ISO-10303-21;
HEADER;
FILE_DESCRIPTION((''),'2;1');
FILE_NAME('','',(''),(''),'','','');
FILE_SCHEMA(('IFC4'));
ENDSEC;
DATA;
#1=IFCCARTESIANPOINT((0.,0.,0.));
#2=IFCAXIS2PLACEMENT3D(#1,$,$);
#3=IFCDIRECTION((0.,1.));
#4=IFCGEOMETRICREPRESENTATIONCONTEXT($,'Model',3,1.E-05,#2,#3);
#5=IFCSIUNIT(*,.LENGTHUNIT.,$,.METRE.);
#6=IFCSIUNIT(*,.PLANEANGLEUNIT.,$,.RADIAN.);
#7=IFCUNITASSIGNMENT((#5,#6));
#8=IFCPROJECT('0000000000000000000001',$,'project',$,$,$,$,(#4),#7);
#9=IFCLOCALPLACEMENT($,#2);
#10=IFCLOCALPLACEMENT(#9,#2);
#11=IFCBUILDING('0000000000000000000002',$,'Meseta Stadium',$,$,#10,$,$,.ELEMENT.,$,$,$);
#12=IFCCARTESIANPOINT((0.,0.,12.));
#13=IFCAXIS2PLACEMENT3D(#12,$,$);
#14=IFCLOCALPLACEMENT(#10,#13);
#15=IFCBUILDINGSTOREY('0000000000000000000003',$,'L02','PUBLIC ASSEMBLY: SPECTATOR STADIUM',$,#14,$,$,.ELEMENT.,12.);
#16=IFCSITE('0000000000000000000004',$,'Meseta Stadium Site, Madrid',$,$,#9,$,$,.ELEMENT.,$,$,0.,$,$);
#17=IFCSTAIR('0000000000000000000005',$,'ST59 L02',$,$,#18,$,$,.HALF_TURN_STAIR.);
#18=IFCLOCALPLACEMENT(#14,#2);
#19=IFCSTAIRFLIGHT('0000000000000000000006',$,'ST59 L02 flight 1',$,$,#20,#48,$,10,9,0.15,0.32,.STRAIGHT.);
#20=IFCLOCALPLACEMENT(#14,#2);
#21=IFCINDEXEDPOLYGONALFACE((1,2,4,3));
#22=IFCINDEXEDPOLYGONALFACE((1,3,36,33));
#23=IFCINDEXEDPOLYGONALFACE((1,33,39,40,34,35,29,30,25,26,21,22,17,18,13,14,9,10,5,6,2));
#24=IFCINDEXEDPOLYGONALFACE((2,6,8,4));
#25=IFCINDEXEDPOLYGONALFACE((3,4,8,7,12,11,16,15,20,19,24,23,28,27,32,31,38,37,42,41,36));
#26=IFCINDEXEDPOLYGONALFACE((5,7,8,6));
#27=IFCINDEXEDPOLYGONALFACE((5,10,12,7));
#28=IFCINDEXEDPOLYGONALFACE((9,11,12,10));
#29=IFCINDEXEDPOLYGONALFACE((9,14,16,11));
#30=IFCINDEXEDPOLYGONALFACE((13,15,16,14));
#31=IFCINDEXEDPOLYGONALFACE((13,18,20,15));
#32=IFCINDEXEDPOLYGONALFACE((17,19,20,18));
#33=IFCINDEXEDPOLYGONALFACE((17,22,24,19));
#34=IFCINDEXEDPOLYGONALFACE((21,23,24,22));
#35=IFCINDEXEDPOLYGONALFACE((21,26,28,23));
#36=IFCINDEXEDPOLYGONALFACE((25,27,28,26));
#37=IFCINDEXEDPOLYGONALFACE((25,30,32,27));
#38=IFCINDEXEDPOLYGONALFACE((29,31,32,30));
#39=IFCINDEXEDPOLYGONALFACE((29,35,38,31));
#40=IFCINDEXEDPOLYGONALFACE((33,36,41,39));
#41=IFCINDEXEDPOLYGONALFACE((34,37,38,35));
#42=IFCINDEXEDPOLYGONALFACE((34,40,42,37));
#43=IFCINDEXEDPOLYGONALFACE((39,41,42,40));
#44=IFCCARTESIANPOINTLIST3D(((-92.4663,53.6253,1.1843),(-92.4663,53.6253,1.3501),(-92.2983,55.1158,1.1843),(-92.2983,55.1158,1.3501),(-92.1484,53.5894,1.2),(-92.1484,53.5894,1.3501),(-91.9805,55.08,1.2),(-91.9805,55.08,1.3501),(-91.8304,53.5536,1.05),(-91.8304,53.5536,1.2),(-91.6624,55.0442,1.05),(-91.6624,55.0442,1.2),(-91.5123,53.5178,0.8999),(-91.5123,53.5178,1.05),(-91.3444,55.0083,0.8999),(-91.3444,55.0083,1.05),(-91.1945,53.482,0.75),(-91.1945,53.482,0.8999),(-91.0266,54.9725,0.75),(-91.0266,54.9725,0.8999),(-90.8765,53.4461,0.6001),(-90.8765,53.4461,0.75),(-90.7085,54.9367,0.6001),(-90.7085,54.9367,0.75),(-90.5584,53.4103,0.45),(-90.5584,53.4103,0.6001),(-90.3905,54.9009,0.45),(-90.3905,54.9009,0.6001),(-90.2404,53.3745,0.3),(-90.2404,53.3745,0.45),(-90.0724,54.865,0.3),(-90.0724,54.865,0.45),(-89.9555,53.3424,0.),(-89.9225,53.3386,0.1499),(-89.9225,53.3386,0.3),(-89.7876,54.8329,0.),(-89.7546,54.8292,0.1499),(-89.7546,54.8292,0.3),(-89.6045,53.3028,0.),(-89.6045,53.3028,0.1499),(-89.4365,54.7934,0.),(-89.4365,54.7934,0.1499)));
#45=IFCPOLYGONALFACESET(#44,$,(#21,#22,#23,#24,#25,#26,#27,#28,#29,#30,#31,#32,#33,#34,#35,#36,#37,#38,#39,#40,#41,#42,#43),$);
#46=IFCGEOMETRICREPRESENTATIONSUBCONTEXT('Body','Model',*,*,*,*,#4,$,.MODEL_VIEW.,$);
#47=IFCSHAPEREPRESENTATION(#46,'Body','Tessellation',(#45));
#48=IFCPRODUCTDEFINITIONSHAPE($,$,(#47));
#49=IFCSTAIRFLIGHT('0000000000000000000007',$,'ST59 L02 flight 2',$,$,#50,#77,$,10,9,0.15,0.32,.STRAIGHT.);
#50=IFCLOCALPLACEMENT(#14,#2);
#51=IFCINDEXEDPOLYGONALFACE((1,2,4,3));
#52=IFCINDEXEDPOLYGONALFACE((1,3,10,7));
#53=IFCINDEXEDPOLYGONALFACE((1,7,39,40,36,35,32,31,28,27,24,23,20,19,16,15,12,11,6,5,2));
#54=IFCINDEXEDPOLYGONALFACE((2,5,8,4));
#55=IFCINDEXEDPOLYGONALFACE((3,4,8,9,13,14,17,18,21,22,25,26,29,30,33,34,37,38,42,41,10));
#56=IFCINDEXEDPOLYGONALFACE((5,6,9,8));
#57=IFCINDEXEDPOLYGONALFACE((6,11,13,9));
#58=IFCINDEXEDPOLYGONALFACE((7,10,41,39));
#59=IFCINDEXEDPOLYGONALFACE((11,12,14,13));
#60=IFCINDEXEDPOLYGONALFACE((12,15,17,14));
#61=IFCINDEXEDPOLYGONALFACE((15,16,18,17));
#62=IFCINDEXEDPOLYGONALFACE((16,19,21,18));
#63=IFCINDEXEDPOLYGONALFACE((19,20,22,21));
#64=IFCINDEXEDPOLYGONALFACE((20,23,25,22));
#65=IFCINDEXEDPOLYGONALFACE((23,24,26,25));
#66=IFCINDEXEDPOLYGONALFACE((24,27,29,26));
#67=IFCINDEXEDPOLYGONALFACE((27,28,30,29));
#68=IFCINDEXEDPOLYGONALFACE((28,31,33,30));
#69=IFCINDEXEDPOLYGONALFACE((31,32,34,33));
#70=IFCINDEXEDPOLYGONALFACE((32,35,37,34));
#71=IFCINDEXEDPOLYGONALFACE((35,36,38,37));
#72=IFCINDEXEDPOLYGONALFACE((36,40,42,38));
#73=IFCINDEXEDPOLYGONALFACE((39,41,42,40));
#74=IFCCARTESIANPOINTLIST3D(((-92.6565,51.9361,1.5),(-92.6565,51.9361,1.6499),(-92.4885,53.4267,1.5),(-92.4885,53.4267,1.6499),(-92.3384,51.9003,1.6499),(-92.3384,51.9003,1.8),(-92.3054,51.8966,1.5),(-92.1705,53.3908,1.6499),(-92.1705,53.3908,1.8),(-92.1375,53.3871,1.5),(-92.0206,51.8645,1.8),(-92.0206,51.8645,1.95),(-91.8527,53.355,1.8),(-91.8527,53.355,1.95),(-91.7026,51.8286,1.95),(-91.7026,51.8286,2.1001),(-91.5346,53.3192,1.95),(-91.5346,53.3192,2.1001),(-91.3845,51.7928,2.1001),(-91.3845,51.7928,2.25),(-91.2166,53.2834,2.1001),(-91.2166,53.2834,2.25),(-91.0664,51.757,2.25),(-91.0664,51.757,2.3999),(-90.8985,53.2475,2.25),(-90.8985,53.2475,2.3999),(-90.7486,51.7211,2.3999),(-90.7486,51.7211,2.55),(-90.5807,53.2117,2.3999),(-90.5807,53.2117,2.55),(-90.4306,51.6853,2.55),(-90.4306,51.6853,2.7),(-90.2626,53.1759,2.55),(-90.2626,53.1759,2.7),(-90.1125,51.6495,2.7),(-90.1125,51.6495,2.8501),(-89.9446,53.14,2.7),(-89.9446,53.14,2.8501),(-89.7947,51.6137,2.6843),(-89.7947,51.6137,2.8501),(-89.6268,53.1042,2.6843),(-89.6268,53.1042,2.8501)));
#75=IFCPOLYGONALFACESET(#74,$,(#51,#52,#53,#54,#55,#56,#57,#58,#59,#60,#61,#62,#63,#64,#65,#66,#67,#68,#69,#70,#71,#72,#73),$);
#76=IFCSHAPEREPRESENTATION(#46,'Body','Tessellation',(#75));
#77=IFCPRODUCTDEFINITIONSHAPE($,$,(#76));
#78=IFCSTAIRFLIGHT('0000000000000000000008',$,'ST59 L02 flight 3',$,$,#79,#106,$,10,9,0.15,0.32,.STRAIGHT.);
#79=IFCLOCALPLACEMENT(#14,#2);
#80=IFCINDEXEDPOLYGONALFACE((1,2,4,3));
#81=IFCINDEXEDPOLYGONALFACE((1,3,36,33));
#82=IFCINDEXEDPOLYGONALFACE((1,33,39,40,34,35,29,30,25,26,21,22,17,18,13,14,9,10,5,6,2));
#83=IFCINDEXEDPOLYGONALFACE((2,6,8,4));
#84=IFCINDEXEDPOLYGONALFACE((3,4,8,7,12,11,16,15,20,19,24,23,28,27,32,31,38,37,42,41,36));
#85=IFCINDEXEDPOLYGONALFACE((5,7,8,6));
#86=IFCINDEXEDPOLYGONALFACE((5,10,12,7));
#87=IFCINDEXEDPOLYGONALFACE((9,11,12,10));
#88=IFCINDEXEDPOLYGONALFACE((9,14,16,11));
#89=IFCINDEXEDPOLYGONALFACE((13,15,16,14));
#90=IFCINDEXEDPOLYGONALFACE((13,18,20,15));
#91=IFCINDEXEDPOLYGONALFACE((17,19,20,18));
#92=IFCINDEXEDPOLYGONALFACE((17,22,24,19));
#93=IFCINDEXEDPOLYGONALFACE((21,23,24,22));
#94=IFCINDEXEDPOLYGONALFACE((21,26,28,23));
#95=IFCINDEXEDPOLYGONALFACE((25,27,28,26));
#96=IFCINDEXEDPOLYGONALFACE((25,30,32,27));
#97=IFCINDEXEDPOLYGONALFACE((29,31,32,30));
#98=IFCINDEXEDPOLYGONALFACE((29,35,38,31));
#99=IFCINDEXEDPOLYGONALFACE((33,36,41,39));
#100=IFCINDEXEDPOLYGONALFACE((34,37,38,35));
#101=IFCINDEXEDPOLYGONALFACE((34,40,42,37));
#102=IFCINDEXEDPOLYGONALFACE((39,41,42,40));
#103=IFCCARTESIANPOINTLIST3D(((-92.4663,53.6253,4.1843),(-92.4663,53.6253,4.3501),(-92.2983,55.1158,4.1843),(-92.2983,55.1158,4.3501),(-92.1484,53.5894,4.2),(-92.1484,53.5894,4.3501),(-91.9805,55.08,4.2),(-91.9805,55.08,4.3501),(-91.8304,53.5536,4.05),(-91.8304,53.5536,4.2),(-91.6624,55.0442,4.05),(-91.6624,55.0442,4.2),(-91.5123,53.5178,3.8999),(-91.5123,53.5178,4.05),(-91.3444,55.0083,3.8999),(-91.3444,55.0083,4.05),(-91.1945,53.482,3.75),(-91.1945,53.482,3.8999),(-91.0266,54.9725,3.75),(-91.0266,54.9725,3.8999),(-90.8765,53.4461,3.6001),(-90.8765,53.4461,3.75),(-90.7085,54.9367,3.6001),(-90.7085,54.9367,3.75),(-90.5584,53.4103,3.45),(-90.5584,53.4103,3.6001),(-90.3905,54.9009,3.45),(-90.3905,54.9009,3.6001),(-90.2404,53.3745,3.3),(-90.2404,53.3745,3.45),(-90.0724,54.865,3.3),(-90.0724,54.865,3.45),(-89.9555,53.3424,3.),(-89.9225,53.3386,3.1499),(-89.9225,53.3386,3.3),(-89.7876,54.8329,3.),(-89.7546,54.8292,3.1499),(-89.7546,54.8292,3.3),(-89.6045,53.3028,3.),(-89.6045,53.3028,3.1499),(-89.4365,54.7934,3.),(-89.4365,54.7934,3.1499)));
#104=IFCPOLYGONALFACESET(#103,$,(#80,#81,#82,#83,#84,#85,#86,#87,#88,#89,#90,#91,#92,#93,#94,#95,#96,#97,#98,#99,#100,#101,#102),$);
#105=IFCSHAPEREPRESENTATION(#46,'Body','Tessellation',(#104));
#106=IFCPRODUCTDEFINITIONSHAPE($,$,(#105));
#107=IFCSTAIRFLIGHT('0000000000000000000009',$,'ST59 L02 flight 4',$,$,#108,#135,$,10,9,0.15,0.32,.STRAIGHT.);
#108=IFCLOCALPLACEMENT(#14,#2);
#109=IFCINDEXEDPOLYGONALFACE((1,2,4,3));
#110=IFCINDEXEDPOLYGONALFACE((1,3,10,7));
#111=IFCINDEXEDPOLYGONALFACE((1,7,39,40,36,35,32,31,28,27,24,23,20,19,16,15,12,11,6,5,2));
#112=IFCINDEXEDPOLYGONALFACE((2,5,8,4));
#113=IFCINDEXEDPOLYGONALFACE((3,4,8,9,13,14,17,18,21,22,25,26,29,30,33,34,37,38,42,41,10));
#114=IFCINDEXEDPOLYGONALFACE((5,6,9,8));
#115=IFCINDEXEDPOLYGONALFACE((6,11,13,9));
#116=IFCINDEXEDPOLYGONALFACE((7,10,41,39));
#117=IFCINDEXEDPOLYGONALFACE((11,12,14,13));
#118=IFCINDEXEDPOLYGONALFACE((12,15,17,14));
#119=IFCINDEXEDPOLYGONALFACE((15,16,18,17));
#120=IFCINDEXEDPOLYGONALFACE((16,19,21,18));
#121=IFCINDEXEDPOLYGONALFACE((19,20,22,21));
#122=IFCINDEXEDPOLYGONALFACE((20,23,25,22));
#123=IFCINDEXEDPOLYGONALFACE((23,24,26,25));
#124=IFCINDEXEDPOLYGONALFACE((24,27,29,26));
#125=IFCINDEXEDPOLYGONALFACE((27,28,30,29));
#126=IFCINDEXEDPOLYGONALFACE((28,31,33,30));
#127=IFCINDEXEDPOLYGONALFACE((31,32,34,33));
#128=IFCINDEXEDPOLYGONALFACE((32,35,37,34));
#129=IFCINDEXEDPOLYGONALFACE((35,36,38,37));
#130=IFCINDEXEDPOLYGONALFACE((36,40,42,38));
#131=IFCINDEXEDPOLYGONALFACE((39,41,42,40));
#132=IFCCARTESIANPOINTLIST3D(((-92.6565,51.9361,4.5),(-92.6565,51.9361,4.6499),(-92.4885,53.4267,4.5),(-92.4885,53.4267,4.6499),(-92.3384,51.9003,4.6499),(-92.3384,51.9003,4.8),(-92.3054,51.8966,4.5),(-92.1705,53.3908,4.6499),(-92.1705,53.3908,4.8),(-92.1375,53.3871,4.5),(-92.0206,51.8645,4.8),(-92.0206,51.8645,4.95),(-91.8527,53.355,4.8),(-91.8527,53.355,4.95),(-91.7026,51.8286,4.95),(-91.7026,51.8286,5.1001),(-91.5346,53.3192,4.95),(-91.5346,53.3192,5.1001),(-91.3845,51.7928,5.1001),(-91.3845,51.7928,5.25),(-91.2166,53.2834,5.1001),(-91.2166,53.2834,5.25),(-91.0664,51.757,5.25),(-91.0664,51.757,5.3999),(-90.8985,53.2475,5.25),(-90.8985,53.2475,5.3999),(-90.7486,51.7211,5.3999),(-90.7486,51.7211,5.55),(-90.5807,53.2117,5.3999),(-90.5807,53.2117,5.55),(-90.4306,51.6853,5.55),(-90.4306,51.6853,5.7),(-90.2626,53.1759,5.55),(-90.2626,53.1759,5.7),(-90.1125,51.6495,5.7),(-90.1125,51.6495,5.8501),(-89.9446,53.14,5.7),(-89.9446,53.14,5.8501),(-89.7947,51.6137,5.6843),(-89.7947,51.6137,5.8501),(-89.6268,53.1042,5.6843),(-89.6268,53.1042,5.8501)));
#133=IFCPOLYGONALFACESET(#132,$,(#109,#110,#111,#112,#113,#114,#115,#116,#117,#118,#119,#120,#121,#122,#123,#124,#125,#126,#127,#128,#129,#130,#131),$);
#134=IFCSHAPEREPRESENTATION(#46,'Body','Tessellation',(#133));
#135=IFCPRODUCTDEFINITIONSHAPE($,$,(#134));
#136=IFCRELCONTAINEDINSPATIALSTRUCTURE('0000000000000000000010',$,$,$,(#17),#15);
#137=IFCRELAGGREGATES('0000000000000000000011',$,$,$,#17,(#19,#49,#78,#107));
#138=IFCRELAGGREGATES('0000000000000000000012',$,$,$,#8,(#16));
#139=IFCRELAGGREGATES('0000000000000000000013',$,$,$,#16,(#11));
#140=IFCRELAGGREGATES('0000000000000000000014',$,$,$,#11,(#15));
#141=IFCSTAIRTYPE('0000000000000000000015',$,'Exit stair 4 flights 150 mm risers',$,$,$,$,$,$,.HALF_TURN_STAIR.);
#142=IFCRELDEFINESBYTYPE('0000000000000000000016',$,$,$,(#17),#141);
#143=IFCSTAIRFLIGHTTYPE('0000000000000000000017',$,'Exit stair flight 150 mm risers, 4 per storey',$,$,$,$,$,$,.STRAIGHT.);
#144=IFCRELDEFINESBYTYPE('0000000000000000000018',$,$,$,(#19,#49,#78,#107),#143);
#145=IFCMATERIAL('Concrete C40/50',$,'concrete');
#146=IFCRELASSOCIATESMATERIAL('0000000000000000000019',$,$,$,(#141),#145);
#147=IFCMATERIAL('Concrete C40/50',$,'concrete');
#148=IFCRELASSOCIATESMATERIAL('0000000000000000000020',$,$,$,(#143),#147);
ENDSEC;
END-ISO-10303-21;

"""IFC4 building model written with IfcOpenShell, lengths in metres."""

from ifc_helpers import new_model, si_unit, direction, frame, origin, place, context, subcontext, project, spatial, polyline, outline, extrude, material, type_object, element, aggregate, save


model = new_model("IFC4")

# Units and contexts
model_context = context("Model", 3, precision=1e-05, world=origin(), true_north=direction((0.0, 1.0)))
body_context = subcontext(model_context, "Body", "Model", "MODEL_VIEW")
ifc_project = project(units=[si_unit("LENGTHUNIT", "METRE"), si_unit("PLANEANGLEUNIT", "RADIAN")], contexts=[model_context])

# Site, building, storey
site_placement = place(None, origin())
site = spatial("IfcSite", under=ifc_project, at=site_placement, Name="Meseta Stadium Site, Madrid", CompositionType="ELEMENT", RefElevation=0.0)
building_placement = place(site_placement, origin())
building = spatial("IfcBuilding", under=site, at=building_placement, Name="Meseta Stadium", CompositionType="ELEMENT")
storey_placement = place(building_placement, frame((0.0, 0.0, 12.0)))
storey = spatial("IfcBuildingStorey", under=building, at=storey_placement, Name="L02", Description="PUBLIC ASSEMBLY: SPECTATOR STADIUM", CompositionType="ELEMENT", Elevation=12.0)

# Stair, stair flights
ifc_material_1 = material(Name="Concrete C40/50", Category="concrete")
stair_type = type_object("IfcStairType", Name="Exit stair 4 flights 150 mm risers", PredefinedType="HALF_TURN_STAIR", material=ifc_material_1)
ifc_material_2 = material(Name="Concrete C40/50", Category="concrete")
stair_flight_type = type_object("IfcStairFlightType", Name="Exit stair flight 150 mm risers, 4 per storey", PredefinedType="STRAIGHT", material=ifc_material_2)
stair_1_placement = place(storey_placement, origin())
stair_1 = element("IfcStair", 1, at=stair_1_placement, inside=storey, type_object=stair_type, Name="ST59 L02", PredefinedType="HALF_TURN_STAIR")
stair_flight_1_placement = place(storey_placement, frame((-89.5205, 54.0481, 0.0), z_axis=(0.0, 0.0, 1.0), x_axis=(-0.993712, 0.111964, 0.0)))
stair_flight_1 = element("IfcStairFlight", 2, at=stair_flight_1_placement, type_object=stair_flight_type, Name="ST59 L02 flight 1", NumberOfRisers=10, NumberOfTreads=9, PredefinedType="STRAIGHT", RiserHeight=0.15, TreadLength=0.32, context=body_context, shape_type="SweptSolid", body=[
    extrude(outline(polyline([(0.0, 0.0), (0.0, 0.1499), (0.3201, 0.1499), (0.3201, 0.3), (0.6399, 0.3), (0.6399, 0.45), (0.96, 0.45), (0.96, 0.6001), (1.28, 0.6001), (1.28, 0.75), (1.6001, 0.75), (1.6001, 0.8999), (1.9199, 0.8999), (1.9199, 1.05), (2.24, 1.05), (2.24, 1.2), (2.5601, 1.2), (2.5601, 1.3501), (2.8799, 1.3501), (2.8799, 1.1843), (0.3533, 0.0), (0.0, 0.0)])), frame((0.0, 0.75, 0.0), z_axis=(0.0, -1.0, 0.0), x_axis=(1.0, 0.0, 0.0)), (0.0, 0.0, 1.0), 1.5),
])
stair_flight_2_placement = place(storey_placement, frame((-92.5725, 52.6814, 1.5), z_axis=(0.0, 0.0, 1.0), x_axis=(0.993712, -0.111964, 0.0)))
stair_flight_2 = element("IfcStairFlight", 3, at=stair_flight_2_placement, type_object=stair_flight_type, Name="ST59 L02 flight 2", NumberOfRisers=10, NumberOfTreads=9, PredefinedType="STRAIGHT", RiserHeight=0.15, TreadLength=0.32, context=body_context, shape_type="SweptSolid", body=[
    extrude(outline(polyline([(0.0, 0.0), (0.0, 0.1499), (0.3201, 0.1499), (0.3201, 0.3), (0.6399, 0.3), (0.6399, 0.45), (0.96, 0.45), (0.96, 0.6001), (1.28, 0.6001), (1.28, 0.75), (1.6001, 0.75), (1.6001, 0.8999), (1.9199, 0.8999), (1.9199, 1.05), (2.24, 1.05), (2.24, 1.2), (2.5601, 1.2), (2.5601, 1.3501), (2.8799, 1.3501), (2.8799, 1.1843), (0.3533, 0.0), (0.0, 0.0)])), frame((0.0, 0.75, 0.0), z_axis=(0.0, -1.0, 0.0), x_axis=(1.0, 0.0, 0.0)), (0.0, 0.0, 1.0), 1.5),
])
stair_flight_3_placement = place(storey_placement, frame((-89.5205, 54.0481, 3.0), z_axis=(0.0, 0.0, 1.0), x_axis=(-0.993712, 0.111964, 0.0)))
stair_flight_3 = element("IfcStairFlight", 4, at=stair_flight_3_placement, type_object=stair_flight_type, Name="ST59 L02 flight 3", NumberOfRisers=10, NumberOfTreads=9, PredefinedType="STRAIGHT", RiserHeight=0.15, TreadLength=0.32, context=body_context, shape_type="SweptSolid", body=[
    extrude(outline(polyline([(0.0, 0.0), (0.0, 0.1499), (0.3201, 0.1499), (0.3201, 0.3), (0.6399, 0.3), (0.6399, 0.45), (0.96, 0.45), (0.96, 0.6001), (1.28, 0.6001), (1.28, 0.75), (1.6001, 0.75), (1.6001, 0.8999), (1.9199, 0.8999), (1.9199, 1.05), (2.24, 1.05), (2.24, 1.2), (2.5601, 1.2), (2.5601, 1.3501), (2.8799, 1.3501), (2.8799, 1.1843), (0.3533, 0.0), (0.0, 0.0)])), frame((0.0, 0.75, 0.0), z_axis=(0.0, -1.0, 0.0), x_axis=(1.0, 0.0, 0.0)), (0.0, 0.0, 1.0), 1.5),
])
stair_flight_4_placement = place(storey_placement, frame((-92.5725, 52.6814, 4.5), z_axis=(0.0, 0.0, 1.0), x_axis=(0.993712, -0.111964, 0.0)))
stair_flight_4 = element("IfcStairFlight", 5, at=stair_flight_4_placement, type_object=stair_flight_type, Name="ST59 L02 flight 4", NumberOfRisers=10, NumberOfTreads=9, PredefinedType="STRAIGHT", RiserHeight=0.15, TreadLength=0.32, context=body_context, shape_type="SweptSolid", body=[
    extrude(outline(polyline([(0.0, 0.0), (0.0, 0.1499), (0.3201, 0.1499), (0.3201, 0.3), (0.6399, 0.3), (0.6399, 0.45), (0.96, 0.45), (0.96, 0.6001), (1.28, 0.6001), (1.28, 0.75), (1.6001, 0.75), (1.6001, 0.8999), (1.9199, 0.8999), (1.9199, 1.05), (2.24, 1.05), (2.24, 1.2), (2.5601, 1.2), (2.5601, 1.3501), (2.8799, 1.3501), (2.8799, 1.1843), (0.3533, 0.0), (0.0, 0.0)])), frame((0.0, 0.75, 0.0), z_axis=(0.0, -1.0, 0.0), x_axis=(1.0, 0.0, 0.0)), (0.0, 0.0, 1.0), 1.5),
])
aggregate(stair_1, [stair_flight_1, stair_flight_2, stair_flight_3, stair_flight_4])

save(model, "model.ifc")
